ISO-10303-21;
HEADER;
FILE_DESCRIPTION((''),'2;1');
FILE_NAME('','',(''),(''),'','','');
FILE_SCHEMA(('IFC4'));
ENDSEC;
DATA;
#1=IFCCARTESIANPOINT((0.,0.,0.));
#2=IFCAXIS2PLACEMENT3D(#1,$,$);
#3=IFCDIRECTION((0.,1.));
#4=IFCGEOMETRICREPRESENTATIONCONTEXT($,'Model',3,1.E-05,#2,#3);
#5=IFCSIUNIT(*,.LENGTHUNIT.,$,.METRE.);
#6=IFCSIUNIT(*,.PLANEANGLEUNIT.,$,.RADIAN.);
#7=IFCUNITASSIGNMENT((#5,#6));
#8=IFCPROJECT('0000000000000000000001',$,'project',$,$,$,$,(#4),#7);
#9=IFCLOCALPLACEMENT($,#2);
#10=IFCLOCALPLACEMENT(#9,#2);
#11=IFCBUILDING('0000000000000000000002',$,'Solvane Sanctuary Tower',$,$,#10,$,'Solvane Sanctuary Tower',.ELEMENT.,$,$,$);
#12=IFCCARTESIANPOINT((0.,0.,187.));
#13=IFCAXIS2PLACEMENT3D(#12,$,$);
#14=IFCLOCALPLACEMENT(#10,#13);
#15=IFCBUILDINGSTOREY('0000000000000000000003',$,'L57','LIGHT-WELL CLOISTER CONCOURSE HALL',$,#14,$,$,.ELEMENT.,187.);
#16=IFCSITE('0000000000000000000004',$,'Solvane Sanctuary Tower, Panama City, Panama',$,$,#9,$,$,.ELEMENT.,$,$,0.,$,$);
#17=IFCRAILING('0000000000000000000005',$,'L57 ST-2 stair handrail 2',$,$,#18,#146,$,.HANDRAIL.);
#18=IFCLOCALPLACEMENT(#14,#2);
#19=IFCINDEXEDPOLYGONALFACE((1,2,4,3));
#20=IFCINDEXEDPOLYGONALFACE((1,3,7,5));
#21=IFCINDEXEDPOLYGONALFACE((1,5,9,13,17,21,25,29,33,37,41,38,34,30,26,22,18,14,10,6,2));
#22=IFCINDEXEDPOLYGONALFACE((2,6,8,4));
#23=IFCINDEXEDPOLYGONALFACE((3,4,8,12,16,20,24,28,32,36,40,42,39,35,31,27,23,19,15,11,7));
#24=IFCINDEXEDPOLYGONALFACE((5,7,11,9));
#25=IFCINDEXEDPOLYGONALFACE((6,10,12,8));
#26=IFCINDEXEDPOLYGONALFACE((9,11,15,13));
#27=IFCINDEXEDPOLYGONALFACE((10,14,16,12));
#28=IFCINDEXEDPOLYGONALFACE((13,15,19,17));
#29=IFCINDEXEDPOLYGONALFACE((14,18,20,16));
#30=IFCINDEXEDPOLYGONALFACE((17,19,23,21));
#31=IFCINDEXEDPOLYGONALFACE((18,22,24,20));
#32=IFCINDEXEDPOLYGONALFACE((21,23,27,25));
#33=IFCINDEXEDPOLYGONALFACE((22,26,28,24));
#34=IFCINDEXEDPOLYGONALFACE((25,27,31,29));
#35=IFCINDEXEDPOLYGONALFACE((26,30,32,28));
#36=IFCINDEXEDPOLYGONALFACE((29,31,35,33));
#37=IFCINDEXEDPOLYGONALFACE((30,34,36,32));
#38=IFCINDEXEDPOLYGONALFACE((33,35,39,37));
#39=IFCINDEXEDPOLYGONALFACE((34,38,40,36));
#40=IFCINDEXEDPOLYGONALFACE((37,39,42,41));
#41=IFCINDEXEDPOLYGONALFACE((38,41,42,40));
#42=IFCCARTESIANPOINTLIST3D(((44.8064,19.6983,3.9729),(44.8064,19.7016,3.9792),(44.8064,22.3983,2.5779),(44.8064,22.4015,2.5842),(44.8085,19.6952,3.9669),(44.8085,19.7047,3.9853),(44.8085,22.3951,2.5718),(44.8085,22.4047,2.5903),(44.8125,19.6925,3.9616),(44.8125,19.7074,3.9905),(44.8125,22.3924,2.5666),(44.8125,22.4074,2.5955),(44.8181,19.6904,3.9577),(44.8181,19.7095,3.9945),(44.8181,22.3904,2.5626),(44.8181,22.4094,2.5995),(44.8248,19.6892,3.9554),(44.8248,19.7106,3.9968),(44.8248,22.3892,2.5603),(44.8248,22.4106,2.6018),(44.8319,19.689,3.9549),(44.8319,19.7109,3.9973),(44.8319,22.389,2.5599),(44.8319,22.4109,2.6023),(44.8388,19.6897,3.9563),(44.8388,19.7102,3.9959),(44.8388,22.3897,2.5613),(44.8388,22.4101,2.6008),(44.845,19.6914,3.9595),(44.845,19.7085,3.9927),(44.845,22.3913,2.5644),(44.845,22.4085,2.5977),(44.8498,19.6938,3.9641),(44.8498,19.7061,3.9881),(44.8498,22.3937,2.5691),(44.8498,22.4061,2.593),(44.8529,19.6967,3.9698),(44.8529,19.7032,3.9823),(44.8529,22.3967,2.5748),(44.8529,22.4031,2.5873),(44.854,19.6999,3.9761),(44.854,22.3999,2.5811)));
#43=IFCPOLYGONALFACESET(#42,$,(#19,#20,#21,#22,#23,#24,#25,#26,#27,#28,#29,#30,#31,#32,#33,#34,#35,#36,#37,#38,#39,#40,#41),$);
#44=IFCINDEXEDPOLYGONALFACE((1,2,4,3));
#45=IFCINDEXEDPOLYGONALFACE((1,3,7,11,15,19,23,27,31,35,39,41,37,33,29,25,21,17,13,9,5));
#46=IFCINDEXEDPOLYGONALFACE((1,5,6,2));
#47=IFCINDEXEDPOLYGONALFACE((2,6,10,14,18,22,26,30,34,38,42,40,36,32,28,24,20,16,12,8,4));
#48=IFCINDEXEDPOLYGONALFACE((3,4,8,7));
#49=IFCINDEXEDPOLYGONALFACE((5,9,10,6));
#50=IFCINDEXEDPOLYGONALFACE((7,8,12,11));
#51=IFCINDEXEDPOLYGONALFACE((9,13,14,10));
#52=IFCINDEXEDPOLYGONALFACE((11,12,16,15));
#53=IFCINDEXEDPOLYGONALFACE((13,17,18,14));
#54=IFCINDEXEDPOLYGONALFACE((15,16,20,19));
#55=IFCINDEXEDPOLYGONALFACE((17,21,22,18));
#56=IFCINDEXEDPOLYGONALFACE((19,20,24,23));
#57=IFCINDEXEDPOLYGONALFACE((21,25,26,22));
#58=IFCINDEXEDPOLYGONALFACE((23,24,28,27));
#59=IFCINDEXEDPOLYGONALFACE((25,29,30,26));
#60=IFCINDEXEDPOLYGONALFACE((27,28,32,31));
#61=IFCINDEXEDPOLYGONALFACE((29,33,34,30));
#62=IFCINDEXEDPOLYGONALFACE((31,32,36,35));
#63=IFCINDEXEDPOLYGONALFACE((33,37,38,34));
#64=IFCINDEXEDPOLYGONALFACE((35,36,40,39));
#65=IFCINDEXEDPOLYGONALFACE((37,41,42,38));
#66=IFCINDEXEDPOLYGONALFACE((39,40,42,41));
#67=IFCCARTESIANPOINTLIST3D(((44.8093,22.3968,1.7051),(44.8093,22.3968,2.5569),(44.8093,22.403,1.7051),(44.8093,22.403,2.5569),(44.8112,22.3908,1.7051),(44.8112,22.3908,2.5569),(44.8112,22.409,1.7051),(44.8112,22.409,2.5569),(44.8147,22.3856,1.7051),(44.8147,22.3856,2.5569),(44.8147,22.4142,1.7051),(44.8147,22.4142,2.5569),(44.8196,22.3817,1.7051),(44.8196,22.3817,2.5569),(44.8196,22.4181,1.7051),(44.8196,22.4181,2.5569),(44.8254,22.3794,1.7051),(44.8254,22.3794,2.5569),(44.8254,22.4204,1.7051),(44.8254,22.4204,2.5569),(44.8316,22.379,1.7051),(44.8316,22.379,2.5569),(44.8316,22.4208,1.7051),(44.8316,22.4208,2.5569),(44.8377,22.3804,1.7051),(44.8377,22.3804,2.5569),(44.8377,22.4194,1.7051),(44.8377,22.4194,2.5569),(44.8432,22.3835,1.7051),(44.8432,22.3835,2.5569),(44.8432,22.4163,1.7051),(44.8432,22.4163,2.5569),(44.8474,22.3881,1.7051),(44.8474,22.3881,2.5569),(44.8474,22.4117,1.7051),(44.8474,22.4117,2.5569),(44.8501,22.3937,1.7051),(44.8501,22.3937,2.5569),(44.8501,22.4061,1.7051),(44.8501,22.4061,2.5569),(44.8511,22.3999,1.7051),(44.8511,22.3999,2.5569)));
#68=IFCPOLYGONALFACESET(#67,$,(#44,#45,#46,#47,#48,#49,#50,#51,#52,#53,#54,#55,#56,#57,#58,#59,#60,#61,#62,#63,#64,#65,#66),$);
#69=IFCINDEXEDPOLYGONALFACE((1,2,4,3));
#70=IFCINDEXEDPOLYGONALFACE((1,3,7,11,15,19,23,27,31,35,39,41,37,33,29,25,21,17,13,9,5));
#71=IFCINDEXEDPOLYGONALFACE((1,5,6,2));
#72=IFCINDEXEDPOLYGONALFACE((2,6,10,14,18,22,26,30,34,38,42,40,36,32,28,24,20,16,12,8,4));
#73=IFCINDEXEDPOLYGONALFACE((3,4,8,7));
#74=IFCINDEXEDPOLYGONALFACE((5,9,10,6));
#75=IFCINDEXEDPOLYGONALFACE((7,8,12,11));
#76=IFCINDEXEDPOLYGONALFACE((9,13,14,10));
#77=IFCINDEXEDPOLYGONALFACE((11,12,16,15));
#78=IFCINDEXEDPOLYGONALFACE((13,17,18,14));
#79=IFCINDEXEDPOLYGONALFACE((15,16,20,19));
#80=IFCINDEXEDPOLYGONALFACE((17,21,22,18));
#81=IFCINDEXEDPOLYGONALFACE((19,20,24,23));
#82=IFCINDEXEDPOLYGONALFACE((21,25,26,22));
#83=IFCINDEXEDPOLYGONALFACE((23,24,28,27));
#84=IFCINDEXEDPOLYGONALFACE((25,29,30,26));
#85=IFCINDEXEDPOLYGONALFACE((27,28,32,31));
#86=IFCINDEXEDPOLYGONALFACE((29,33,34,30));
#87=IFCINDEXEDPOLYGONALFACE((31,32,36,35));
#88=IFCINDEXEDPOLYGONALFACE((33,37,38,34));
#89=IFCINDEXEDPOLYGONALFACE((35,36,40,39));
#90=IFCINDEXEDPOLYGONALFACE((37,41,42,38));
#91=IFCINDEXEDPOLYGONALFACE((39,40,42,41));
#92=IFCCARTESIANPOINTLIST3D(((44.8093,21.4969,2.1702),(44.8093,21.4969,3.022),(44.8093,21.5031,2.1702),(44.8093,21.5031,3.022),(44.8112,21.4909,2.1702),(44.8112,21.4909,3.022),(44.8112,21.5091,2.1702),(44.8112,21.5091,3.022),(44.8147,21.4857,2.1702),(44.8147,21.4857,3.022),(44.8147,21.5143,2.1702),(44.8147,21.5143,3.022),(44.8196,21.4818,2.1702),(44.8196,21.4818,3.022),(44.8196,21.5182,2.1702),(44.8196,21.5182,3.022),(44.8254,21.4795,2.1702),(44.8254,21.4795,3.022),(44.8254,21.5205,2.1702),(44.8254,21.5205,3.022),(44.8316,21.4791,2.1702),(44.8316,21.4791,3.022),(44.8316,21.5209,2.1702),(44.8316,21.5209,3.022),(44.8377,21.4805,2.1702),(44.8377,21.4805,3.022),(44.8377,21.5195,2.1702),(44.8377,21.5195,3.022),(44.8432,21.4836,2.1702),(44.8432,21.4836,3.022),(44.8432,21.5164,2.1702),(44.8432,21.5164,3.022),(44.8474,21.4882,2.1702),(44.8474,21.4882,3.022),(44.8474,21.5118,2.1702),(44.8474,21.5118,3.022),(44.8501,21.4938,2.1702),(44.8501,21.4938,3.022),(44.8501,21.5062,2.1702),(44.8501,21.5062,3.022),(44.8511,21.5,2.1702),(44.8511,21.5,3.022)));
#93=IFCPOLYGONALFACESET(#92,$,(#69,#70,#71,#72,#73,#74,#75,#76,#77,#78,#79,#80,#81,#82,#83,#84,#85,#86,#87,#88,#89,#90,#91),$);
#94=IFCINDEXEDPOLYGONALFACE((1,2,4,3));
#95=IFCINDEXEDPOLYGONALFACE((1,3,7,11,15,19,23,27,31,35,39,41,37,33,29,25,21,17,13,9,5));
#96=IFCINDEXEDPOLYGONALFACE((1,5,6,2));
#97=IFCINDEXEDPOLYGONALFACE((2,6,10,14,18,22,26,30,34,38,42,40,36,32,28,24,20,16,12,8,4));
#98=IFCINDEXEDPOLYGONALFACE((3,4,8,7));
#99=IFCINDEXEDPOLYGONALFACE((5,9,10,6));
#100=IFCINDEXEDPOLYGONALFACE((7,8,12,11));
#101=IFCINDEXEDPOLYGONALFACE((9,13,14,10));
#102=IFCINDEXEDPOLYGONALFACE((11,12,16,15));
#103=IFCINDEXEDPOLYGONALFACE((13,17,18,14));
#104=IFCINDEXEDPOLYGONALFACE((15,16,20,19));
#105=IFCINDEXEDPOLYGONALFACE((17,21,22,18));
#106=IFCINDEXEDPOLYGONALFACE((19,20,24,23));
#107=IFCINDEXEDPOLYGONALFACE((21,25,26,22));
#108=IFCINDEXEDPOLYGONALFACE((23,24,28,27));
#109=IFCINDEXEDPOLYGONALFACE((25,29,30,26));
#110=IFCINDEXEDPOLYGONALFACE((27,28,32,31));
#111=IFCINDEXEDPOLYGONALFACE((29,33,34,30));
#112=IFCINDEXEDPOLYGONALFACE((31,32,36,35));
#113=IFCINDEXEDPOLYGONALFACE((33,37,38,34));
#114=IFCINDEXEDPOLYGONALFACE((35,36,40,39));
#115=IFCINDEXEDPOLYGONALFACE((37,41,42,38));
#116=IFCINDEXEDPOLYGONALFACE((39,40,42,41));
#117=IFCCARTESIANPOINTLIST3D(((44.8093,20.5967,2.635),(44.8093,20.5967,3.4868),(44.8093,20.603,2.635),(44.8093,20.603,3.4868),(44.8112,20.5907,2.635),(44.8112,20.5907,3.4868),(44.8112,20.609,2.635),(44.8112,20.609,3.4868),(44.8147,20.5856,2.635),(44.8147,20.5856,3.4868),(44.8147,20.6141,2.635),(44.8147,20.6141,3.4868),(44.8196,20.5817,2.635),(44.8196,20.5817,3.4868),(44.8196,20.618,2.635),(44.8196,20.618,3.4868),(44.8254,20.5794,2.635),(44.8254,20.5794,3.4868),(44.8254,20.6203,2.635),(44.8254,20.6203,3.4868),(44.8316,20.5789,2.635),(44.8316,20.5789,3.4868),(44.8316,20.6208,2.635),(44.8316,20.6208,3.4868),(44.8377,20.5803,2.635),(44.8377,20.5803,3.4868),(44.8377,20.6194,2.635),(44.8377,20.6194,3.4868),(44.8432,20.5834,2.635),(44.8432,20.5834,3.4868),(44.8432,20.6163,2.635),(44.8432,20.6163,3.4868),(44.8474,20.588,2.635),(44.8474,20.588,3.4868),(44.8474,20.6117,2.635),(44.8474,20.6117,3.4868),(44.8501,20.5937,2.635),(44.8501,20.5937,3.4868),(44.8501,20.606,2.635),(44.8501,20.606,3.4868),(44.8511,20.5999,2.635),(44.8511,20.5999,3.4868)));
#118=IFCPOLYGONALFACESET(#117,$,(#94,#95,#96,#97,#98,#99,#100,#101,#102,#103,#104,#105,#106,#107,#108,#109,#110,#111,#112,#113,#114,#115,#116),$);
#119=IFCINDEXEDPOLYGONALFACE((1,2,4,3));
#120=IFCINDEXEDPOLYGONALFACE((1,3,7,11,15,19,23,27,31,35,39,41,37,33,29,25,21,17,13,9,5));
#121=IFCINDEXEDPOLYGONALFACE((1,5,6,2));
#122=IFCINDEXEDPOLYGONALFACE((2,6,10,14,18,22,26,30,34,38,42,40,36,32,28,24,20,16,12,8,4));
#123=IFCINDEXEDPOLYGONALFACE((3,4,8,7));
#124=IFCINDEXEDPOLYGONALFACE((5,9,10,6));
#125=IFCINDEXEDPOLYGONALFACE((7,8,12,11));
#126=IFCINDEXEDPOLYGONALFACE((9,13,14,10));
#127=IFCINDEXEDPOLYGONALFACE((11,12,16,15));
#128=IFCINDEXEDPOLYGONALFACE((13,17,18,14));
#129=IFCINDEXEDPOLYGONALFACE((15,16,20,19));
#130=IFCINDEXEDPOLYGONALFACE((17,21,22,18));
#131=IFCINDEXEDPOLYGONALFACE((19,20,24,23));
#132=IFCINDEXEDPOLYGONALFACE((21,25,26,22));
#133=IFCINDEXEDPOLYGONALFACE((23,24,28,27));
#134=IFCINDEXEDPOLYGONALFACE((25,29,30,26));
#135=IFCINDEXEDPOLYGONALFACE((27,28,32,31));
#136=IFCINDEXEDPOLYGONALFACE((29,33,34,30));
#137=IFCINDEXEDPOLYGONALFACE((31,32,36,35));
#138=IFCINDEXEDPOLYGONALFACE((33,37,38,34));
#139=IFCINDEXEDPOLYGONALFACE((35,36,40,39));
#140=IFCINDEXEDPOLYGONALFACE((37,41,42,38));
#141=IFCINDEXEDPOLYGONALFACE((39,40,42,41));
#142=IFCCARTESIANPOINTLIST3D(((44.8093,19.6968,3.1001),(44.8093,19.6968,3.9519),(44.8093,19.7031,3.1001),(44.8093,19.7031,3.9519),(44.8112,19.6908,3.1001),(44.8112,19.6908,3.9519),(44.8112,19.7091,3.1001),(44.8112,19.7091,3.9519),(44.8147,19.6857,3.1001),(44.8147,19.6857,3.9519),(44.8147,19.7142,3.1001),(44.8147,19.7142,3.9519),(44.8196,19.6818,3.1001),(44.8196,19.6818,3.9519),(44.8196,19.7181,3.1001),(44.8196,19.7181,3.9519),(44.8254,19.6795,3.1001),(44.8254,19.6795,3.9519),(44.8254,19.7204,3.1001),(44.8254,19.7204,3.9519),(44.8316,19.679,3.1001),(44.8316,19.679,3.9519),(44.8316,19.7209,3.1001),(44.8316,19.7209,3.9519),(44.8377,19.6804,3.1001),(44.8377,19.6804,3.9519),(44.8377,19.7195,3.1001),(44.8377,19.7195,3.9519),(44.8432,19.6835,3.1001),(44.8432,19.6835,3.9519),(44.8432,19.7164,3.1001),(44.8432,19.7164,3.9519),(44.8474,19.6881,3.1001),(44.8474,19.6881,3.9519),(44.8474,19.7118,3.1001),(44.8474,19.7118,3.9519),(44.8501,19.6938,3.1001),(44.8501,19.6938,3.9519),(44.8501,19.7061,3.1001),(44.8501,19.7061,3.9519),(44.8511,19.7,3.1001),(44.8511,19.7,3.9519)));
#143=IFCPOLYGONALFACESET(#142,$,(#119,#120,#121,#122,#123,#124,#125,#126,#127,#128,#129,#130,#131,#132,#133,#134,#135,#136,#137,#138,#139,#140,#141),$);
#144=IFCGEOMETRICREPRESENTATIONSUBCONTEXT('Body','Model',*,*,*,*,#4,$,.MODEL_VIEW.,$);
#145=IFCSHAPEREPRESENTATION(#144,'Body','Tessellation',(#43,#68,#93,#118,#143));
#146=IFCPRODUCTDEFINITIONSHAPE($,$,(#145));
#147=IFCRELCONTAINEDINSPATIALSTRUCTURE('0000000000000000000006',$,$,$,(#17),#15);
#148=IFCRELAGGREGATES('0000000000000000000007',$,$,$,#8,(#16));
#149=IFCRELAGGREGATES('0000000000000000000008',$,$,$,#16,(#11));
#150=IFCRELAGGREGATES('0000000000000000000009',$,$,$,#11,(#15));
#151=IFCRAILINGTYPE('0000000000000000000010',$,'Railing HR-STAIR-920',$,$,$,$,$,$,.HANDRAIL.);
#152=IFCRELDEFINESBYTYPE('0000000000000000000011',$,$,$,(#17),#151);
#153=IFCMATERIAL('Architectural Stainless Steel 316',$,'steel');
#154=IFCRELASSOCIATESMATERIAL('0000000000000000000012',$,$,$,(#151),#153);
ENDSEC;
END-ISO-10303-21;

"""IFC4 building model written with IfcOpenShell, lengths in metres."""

from ifc_helpers import new_model, si_unit, direction, frame, origin, origin_2d, place, context, subcontext, project, spatial, circle, extrude, material, type_object, element, save


model = new_model("IFC4")

# Units and contexts
model_context = context("Model", 3, precision=1e-05, world=origin(), true_north=direction((0.0, 1.0)))
body_context = subcontext(model_context, "Body", "Model", "MODEL_VIEW")
ifc_project = project(units=[si_unit("LENGTHUNIT", "METRE"), si_unit("PLANEANGLEUNIT", "RADIAN")], contexts=[model_context])

# Site, building, storey
site_placement = place(None, origin())
site = spatial("IfcSite", under=ifc_project, at=site_placement, Name="Solvane Sanctuary Tower, Panama City, Panama", CompositionType="ELEMENT", RefElevation=0.0)
building_placement = place(site_placement, origin())
building = spatial("IfcBuilding", under=site, at=building_placement, Name="Solvane Sanctuary Tower", LongName="Solvane Sanctuary Tower", CompositionType="ELEMENT")
storey_placement = place(building_placement, frame((0.0, 0.0, 187.0)))
storey = spatial("IfcBuildingStorey", under=building, at=storey_placement, Name="L57", Description="LIGHT-WELL CLOISTER CONCOURSE HALL", CompositionType="ELEMENT", Elevation=187.0)

# Shared definitions
ifc_material_1 = material(Name="Architectural Stainless Steel 316", Category="steel")

# Railing
railing_type_1 = type_object("IfcRailingType", Name="Railing HR-STAIR-920", PredefinedType="HANDRAIL", material=ifc_material_1)
railing_1_placement = place(storey_placement, frame((44.8301, 22.3999, 1.7051)))
element("IfcRailing", 1, at=railing_1_placement, inside=storey, type_object=railing_type_1, Name="L57 ST-2 stair handrail 2", PredefinedType="HANDRAIL", context=body_context, shape_type="SweptSolid", body=[
    extrude(circle(Radius=0.0239, at=origin_2d()), frame((0.0, 0.0, 0.876), z_axis=(0.0, -0.88842, 0.459032), x_axis=(1.0, 0.0, 0.0)), (0.0, 0.0, 1.0), 3.0391),
    extrude(circle(Radius=0.021, at=origin_2d()), origin(), (0.0, 0.0, 1.0), 0.8518),
    extrude(circle(Radius=0.021, at=origin_2d()), frame((0.0, -0.8999, 0.4651)), (0.0, 0.0, 1.0), 0.8518),
    extrude(circle(Radius=0.021, at=origin_2d()), frame((0.0, -1.8, 0.9299)), (0.0, 0.0, 1.0), 0.8518),
    extrude(circle(Radius=0.021, at=origin_2d()), frame((0.0, -2.7, 1.395)), (0.0, 0.0, 1.0), 0.8518),
])

save(model, "model.ifc")
